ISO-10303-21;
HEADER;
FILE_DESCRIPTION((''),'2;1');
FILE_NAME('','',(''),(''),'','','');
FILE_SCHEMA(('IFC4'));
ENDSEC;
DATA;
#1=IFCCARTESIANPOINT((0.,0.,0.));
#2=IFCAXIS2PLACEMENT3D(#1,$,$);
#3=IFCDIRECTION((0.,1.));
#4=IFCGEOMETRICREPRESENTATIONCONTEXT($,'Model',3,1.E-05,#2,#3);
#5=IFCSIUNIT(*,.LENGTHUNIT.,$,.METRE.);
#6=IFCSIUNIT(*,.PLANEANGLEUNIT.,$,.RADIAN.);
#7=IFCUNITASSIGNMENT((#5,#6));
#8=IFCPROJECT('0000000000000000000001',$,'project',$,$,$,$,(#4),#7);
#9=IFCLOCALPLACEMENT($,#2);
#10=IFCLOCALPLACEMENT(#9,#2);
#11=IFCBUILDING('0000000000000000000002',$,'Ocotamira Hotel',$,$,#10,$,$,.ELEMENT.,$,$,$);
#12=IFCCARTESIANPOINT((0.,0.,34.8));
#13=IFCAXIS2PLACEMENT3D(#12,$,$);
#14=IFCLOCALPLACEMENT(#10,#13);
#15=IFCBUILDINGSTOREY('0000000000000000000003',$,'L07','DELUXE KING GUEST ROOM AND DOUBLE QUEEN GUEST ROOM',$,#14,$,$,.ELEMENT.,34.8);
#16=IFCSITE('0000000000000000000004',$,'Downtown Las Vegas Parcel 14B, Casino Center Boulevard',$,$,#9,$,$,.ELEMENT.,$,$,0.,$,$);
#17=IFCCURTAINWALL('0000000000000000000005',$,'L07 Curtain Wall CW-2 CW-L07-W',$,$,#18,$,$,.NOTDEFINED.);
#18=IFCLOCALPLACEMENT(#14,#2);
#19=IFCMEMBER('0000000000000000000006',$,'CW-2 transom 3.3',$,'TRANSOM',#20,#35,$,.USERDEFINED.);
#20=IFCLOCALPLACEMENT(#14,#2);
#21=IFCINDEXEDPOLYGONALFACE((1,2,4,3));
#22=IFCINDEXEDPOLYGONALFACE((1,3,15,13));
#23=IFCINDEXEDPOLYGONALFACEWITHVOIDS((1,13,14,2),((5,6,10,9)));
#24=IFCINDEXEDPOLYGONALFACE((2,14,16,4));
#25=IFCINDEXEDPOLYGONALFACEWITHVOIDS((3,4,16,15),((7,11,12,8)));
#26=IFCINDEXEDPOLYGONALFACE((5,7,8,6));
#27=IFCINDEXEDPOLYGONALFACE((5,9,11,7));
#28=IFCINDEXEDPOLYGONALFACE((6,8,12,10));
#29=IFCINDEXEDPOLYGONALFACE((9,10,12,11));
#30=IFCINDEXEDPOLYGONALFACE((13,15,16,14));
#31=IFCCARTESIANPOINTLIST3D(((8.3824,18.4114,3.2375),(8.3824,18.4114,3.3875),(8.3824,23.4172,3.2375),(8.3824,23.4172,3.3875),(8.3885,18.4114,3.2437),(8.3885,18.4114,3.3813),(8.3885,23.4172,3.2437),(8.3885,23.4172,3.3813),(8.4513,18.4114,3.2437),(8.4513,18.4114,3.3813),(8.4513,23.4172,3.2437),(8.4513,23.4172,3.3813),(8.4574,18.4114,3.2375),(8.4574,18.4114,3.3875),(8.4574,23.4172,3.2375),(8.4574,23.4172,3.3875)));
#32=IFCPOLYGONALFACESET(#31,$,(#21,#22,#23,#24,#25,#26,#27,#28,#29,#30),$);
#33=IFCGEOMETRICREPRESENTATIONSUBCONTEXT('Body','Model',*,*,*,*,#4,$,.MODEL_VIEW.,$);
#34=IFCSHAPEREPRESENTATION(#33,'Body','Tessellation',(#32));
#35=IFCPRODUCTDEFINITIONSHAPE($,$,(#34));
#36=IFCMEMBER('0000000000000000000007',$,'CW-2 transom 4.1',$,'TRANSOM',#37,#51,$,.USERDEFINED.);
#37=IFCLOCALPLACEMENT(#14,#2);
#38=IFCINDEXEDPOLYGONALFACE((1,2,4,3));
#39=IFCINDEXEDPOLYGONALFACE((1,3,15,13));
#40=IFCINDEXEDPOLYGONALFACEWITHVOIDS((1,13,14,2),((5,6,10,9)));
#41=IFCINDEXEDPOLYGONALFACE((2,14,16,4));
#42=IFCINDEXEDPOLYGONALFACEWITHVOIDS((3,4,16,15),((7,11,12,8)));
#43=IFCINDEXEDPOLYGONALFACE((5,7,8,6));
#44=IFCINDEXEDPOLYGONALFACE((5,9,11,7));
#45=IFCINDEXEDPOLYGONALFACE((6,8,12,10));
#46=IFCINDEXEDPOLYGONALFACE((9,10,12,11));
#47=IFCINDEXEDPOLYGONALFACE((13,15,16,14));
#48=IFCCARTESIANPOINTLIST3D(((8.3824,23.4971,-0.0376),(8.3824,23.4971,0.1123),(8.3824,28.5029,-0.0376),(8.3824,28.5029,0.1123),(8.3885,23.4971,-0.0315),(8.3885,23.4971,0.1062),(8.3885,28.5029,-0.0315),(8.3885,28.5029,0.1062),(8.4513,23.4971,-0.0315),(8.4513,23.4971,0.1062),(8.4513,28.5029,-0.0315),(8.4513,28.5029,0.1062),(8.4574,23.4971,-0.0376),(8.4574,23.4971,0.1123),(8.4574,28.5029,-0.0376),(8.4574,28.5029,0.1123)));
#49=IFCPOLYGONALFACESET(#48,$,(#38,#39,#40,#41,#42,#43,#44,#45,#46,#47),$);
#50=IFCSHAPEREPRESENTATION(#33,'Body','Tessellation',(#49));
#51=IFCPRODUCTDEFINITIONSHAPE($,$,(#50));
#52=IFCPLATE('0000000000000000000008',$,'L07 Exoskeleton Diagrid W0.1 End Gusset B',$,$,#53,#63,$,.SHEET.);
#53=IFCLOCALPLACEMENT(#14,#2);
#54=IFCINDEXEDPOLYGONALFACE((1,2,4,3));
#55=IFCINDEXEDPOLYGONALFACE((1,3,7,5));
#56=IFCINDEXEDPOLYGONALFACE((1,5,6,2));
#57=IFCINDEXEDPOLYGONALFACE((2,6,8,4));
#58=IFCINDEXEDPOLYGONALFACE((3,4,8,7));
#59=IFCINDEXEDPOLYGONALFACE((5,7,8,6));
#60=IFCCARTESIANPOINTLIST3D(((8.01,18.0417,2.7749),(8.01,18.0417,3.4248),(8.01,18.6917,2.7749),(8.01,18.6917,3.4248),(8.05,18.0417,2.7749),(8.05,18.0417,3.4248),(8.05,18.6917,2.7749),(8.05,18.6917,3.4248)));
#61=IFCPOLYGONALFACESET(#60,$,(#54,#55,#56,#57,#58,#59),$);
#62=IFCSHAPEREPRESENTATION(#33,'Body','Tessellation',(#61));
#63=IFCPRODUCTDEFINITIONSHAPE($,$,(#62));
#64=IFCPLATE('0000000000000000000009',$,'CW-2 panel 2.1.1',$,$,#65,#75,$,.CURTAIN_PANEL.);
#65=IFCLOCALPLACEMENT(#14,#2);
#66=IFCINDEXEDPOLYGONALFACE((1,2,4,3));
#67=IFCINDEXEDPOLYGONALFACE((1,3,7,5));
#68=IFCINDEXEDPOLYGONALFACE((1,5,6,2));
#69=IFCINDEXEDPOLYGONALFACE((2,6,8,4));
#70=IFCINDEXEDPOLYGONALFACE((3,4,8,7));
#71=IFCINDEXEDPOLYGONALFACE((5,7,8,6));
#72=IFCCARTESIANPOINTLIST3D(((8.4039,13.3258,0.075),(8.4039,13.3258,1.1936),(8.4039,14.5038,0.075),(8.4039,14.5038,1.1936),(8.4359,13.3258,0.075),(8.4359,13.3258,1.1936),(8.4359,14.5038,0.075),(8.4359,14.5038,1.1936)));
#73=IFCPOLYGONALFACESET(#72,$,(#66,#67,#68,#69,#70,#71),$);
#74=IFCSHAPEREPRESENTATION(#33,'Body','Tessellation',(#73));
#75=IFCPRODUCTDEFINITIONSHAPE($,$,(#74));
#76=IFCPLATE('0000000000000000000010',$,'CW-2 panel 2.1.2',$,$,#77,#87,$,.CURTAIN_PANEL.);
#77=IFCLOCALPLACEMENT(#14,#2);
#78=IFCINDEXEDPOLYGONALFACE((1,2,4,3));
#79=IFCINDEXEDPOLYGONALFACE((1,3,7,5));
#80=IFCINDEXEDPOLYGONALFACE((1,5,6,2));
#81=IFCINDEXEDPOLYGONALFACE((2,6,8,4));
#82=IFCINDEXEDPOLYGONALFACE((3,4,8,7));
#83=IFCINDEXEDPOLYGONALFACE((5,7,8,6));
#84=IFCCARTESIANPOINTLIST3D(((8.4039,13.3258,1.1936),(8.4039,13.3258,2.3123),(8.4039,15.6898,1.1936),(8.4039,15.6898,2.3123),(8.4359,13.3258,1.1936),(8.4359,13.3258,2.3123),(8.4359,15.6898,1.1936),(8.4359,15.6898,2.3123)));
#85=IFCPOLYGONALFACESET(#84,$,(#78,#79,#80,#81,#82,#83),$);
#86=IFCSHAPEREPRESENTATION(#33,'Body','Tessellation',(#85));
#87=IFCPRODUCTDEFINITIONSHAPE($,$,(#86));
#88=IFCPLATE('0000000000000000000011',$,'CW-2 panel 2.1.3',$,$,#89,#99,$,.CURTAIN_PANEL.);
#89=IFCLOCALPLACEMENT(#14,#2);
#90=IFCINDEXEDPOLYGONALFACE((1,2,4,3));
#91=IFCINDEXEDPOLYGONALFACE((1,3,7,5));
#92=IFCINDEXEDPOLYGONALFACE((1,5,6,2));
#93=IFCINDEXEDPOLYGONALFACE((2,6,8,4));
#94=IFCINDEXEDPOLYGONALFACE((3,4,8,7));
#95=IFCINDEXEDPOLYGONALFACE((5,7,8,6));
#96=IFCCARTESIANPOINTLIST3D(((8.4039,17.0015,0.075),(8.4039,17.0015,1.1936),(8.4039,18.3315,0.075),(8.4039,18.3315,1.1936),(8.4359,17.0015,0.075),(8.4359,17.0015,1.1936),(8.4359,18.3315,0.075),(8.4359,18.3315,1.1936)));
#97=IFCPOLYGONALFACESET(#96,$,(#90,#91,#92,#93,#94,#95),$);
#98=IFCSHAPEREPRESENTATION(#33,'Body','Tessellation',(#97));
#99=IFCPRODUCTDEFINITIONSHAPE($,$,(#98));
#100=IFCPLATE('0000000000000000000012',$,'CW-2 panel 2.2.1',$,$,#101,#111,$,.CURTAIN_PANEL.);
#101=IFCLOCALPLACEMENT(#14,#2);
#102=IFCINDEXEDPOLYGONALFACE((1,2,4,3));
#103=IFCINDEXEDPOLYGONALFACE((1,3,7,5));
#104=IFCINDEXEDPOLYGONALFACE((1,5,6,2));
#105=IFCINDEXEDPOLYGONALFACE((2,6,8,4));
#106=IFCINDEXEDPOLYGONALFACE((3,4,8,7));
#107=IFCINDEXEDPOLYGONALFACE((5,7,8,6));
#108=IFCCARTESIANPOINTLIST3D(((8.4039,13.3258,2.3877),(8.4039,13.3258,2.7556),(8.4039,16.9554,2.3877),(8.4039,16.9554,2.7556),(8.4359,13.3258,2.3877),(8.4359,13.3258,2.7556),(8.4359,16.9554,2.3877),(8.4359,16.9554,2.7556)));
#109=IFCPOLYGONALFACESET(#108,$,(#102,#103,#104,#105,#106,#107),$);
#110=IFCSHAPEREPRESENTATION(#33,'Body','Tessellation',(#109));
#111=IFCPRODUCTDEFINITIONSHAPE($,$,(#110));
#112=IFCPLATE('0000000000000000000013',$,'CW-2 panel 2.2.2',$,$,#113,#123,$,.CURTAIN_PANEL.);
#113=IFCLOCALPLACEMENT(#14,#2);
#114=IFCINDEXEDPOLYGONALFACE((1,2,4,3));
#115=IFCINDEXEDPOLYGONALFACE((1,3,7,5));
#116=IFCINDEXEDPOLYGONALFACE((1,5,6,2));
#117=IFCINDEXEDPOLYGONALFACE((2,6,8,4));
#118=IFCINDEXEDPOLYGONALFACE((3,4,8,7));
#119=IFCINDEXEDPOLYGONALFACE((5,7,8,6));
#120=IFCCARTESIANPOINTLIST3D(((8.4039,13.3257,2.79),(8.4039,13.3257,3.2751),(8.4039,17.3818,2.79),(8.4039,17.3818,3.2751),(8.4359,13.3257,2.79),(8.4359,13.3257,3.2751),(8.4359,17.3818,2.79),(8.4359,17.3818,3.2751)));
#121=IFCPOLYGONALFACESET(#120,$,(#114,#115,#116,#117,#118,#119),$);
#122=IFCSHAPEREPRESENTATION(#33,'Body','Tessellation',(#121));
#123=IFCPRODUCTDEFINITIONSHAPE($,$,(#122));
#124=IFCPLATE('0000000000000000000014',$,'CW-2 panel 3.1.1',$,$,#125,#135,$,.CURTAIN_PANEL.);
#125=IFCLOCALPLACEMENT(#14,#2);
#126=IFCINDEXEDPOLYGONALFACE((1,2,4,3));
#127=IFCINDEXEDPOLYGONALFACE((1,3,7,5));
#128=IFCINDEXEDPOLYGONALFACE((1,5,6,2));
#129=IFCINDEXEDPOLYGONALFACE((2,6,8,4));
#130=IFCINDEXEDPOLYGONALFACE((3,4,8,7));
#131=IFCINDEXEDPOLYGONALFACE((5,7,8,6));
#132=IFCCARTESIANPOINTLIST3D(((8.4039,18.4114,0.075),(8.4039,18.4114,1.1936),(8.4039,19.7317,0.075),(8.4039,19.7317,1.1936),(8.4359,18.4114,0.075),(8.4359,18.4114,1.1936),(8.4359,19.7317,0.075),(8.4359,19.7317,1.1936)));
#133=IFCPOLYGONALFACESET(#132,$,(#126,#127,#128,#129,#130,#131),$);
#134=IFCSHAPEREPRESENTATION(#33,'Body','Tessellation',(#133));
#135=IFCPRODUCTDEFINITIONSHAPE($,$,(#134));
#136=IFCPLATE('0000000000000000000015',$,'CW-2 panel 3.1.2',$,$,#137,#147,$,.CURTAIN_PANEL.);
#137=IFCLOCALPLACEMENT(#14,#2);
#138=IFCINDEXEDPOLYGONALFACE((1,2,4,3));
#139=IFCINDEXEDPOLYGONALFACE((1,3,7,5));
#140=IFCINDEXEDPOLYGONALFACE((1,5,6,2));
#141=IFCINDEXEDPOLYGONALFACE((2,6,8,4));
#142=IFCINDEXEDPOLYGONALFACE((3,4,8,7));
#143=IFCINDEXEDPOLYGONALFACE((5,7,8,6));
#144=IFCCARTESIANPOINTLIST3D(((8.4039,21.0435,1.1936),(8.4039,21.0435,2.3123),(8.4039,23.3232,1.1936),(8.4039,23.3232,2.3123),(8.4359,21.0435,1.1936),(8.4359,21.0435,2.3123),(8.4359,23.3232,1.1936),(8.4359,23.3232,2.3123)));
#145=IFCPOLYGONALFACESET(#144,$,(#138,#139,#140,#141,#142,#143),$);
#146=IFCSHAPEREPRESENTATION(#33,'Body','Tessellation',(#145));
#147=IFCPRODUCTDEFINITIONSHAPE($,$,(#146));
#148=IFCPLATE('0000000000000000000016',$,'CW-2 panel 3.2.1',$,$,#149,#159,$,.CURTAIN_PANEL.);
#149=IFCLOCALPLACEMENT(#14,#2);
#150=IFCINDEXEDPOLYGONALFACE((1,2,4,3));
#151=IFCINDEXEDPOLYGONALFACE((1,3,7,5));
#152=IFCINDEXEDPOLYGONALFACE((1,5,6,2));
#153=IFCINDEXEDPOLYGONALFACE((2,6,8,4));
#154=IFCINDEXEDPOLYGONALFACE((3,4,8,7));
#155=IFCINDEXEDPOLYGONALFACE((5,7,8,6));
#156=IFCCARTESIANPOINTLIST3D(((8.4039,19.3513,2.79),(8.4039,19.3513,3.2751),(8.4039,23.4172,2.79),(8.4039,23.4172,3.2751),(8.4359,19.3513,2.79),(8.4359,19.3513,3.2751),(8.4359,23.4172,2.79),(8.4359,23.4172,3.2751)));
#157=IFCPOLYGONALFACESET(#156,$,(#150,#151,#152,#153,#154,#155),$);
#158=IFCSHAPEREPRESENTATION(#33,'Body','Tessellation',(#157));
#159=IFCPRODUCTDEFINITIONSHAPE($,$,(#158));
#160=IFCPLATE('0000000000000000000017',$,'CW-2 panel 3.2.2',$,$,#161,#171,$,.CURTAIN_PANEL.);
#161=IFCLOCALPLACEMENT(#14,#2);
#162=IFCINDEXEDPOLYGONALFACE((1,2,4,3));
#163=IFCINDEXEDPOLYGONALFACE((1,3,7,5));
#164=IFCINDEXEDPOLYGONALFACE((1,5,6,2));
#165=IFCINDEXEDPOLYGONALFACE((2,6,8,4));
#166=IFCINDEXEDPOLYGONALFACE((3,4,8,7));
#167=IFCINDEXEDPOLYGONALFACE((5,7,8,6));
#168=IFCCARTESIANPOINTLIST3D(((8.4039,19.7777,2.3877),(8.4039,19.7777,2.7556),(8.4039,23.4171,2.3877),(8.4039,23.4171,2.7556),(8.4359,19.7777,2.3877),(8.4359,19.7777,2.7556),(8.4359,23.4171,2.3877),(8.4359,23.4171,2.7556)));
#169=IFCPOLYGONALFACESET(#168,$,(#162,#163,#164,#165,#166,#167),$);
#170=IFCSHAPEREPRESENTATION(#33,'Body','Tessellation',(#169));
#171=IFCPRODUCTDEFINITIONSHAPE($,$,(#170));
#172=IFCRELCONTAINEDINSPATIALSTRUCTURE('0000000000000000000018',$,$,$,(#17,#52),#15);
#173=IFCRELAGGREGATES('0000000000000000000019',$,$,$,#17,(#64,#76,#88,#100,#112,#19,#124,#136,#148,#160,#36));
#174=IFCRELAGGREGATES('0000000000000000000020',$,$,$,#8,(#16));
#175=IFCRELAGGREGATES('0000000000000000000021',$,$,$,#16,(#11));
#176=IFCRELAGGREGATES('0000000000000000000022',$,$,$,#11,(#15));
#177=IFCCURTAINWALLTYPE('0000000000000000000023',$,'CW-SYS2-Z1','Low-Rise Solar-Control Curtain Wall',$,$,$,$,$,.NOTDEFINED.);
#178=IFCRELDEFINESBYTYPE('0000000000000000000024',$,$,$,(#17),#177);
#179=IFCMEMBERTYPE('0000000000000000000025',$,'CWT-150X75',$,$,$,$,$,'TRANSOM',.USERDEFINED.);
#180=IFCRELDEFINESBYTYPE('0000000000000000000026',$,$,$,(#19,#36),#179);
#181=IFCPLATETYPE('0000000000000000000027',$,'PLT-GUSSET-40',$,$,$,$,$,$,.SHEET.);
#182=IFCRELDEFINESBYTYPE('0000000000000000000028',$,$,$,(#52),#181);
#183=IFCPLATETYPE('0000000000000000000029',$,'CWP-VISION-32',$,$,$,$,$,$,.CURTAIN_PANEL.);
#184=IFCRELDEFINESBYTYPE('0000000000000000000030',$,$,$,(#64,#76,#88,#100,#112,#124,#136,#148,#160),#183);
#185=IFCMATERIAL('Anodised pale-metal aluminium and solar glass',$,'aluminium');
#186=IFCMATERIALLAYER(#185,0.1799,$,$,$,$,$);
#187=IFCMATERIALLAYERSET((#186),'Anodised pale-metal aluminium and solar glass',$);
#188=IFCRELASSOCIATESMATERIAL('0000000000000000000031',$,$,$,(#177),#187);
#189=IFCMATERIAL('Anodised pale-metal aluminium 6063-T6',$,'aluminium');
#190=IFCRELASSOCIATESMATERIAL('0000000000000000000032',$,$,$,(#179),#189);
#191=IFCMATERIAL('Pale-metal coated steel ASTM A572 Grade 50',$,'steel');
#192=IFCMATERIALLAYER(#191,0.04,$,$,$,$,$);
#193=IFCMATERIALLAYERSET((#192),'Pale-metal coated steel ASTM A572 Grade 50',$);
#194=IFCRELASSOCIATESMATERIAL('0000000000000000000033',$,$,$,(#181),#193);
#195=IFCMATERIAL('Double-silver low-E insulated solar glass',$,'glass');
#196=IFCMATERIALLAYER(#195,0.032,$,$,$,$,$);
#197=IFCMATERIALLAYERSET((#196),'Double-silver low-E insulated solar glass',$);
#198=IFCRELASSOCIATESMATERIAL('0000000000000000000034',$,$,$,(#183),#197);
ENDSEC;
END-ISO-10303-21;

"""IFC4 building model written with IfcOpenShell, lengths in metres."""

from ifc_helpers import new_model, si_unit, direction, frame, origin, origin_2d, place, context, subcontext, project, spatial, rectangle, hollow_rectangle, extrude, source, transform, mapped, material, layer, layer_set, material_profile, profile_set, type_object, element, aggregate, save


model = new_model("IFC4")

# Units and contexts
model_context = context("Model", 3, precision=1e-05, world=origin(), true_north=direction((0.0, 1.0)))
body_context = subcontext(model_context, "Body", "Model", "MODEL_VIEW")
ifc_project = project(units=[si_unit("LENGTHUNIT", "METRE"), si_unit("PLANEANGLEUNIT", "RADIAN")], contexts=[model_context])

# Site, building, storey
site_placement = place(None, origin())
site = spatial("IfcSite", under=ifc_project, at=site_placement, Name="Downtown Las Vegas Parcel 14B, Casino Center Boulevard", CompositionType="ELEMENT", RefElevation=0.0)
building_placement = place(site_placement, origin())
building = spatial("IfcBuilding", under=site, at=building_placement, Name="Ocotamira Hotel", CompositionType="ELEMENT")
storey_placement = place(building_placement, frame((0.0, 0.0, 34.8)))
storey = spatial("IfcBuildingStorey", under=building, at=storey_placement, Name="L07", Description="DELUXE KING GUEST ROOM AND DOUBLE QUEEN GUEST ROOM", CompositionType="ELEMENT", Elevation=34.8)

# Curtain wall, members
ifc_material_1 = material(Name="Anodised pale-metal aluminium and solar glass", Category="aluminium")
ifc_layer_1 = layer(ifc_material_1, 0.1799)
ifc_layer_set_1 = layer_set([ifc_layer_1], Name="Anodised pale-metal aluminium and solar glass")
curtain_wall_type = type_object("IfcCurtainWallType", Name="CW-SYS2-Z1", Description="Low-Rise Solar-Control Curtain Wall", PredefinedType="NOTDEFINED", material=ifc_layer_set_1)
curtain_wall_placement = place(storey_placement, origin())
curtain_wall = element("IfcCurtainWall", 1, at=curtain_wall_placement, inside=storey, type_object=curtain_wall_type, Name="L07 Curtain Wall CW-2 CW-L07-W", PredefinedType="NOTDEFINED")
ifc_material_2 = material(Name="Anodised pale-metal aluminium 6063-T6", Category="aluminium")
ifc_material_profile_1 = material_profile(ifc_material_2, hollow_rectangle(XDim=0.075, YDim=0.1499, WallThickness=0.0061, at=origin_2d()), Name="HSS150X75X6")
ifc_profile_set_1 = profile_set([ifc_material_profile_1], Name="Anodised pale-metal aluminium 6063-T6")
member_type_1 = type_object("IfcMemberType", Name="CWT-150X75", ElementType="TRANSOM", PredefinedType="USERDEFINED", material=ifc_profile_set_1)
shared_shape_1 = source(origin(), body_context, "Body", "SweptSolid", [
    extrude(hollow_rectangle(XDim=0.075, YDim=0.1499, WallThickness=0.0061, at=origin_2d()), origin(), (0.0, 0.0, 1.0), 5.0059),
])
member_1_placement = place(storey_placement, frame((8.4199, 18.4114, 3.3125), z_axis=(0.0, 1.0, 0.0), x_axis=(-1.0, 0.0, 0.0)))
member_1 = element("IfcMember", 2, at=member_1_placement, type_object=member_type_1, Name="CW-2 transom 3.3", ObjectType="TRANSOM", PredefinedType="USERDEFINED", context=body_context, shape_type="MappedRepresentation", body=[
    mapped(shared_shape_1, transform((0.0, 0.0, 0.0), scale=1.0)),
])
member_2_placement = place(storey_placement, frame((8.4199, 23.4971, 0.0374), z_axis=(0.0, 1.0, 0.0), x_axis=(-1.0, 0.0, 0.0)))
member_2 = element("IfcMember", 3, at=member_2_placement, type_object=member_type_1, Name="CW-2 transom 4.1", ObjectType="TRANSOM", PredefinedType="USERDEFINED", context=body_context, shape_type="MappedRepresentation", body=[
    mapped(shared_shape_1, transform((0.0, 0.0, 0.0), scale=1.0)),
])

# Plates
ifc_material_3 = material(Name="Pale-metal coated steel ASTM A572 Grade 50", Category="steel")
ifc_layer_2 = layer(ifc_material_3, 0.04)
ifc_layer_set_2 = layer_set([ifc_layer_2], Name="Pale-metal coated steel ASTM A572 Grade 50")
plate_type_1 = type_object("IfcPlateType", Name="PLT-GUSSET-40", PredefinedType="SHEET", material=ifc_layer_set_2)
shared_shape_2 = source(origin(), body_context, "Body", "SweptSolid", [
    extrude(rectangle(XDim=0.04, YDim=0.6499, at=origin_2d()), origin(), (0.0, 0.0, 1.0), 0.6499),
])
plate_1_placement = place(storey_placement, frame((8.03, 18.3667, 2.7749), z_axis=(0.0, 0.0, 1.0), x_axis=(1.0, 0.0, 0.0)))
element("IfcPlate", 4, at=plate_1_placement, inside=storey, type_object=plate_type_1, Name="L07 Exoskeleton Diagrid W0.1 End Gusset B", PredefinedType="SHEET", context=body_context, shape_type="MappedRepresentation", body=[
    mapped(shared_shape_2, transform((0.0, 0.0, 0.0), scale=1.0)),
])
ifc_material_4 = material(Name="Double-silver low-E insulated solar glass", Category="glass")
ifc_layer_3 = layer(ifc_material_4, 0.032)
ifc_layer_set_3 = layer_set([ifc_layer_3], Name="Double-silver low-E insulated solar glass")
plate_type_2 = type_object("IfcPlateType", Name="CWP-VISION-32", PredefinedType="CURTAIN_PANEL", material=ifc_layer_set_3)
shared_shape_3 = source(origin(), body_context, "Body", "SweptSolid", [
    extrude(rectangle(XDim=1.178, YDim=0.032, at=origin_2d()), origin(), (0.0, 0.0, 1.0), 1.1187),
])
plate_2_placement = place(storey_placement, frame((8.4199, 13.9148, 0.075), z_axis=(0.0, 0.0, 1.0), x_axis=(0.0, 1.0, 0.0)))
plate_2 = element("IfcPlate", 5, at=plate_2_placement, type_object=plate_type_2, Name="CW-2 panel 2.1.1", PredefinedType="CURTAIN_PANEL", context=body_context, shape_type="MappedRepresentation", body=[
    mapped(shared_shape_3, transform((0.0, 0.0, 0.0), scale=1.0)),
])
shared_shape_4 = source(origin(), body_context, "Body", "SweptSolid", [
    extrude(rectangle(XDim=2.364, YDim=0.032, at=origin_2d()), origin(), (0.0, 0.0, 1.0), 1.1187),
])
plate_3_placement = place(storey_placement, frame((8.4199, 14.5078, 1.1936), z_axis=(0.0, 0.0, 1.0), x_axis=(0.0, 1.0, 0.0)))
plate_3 = element("IfcPlate", 6, at=plate_3_placement, type_object=plate_type_2, Name="CW-2 panel 2.1.2", PredefinedType="CURTAIN_PANEL", context=body_context, shape_type="MappedRepresentation", body=[
    mapped(shared_shape_4, transform((0.0, 0.0, 0.0), scale=1.0)),
])
shared_shape_5 = source(origin(), body_context, "Body", "SweptSolid", [
    extrude(rectangle(XDim=1.3301, YDim=0.032, at=origin_2d()), origin(), (0.0, 0.0, 1.0), 1.1187),
])
plate_4_placement = place(storey_placement, frame((8.4199, 17.6665, 0.075), z_axis=(0.0, 0.0, 1.0), x_axis=(0.0, 1.0, 0.0)))
plate_4 = element("IfcPlate", 7, at=plate_4_placement, type_object=plate_type_2, Name="CW-2 panel 2.1.3", PredefinedType="CURTAIN_PANEL", context=body_context, shape_type="MappedRepresentation", body=[
    mapped(shared_shape_5, transform((0.0, 0.0, 0.0), scale=1.0)),
])
shared_shape_6 = source(origin(), body_context, "Body", "SweptSolid", [
    extrude(rectangle(XDim=3.6296, YDim=0.032, at=origin_2d()), origin(), (0.0, 0.0, 1.0), 0.3679),
])
plate_5_placement = place(storey_placement, frame((8.4199, 15.1406, 2.3877), z_axis=(0.0, 0.0, 1.0), x_axis=(0.0, 1.0, 0.0)))
plate_5 = element("IfcPlate", 8, at=plate_5_placement, type_object=plate_type_2, Name="CW-2 panel 2.2.1", PredefinedType="CURTAIN_PANEL", context=body_context, shape_type="MappedRepresentation", body=[
    mapped(shared_shape_6, transform((0.0, 0.0, 0.0), scale=1.0)),
])
shared_shape_7 = source(origin(), body_context, "Body", "SweptSolid", [
    extrude(rectangle(XDim=4.0562, YDim=0.032, at=origin_2d()), origin(), (0.0, 0.0, 1.0), 0.4851),
])
plate_6_placement = place(storey_placement, frame((8.4199, 15.3538, 2.79), z_axis=(0.0, 0.0, 1.0), x_axis=(0.0, 1.0, 0.0)))
plate_6 = element("IfcPlate", 9, at=plate_6_placement, type_object=plate_type_2, Name="CW-2 panel 2.2.2", PredefinedType="CURTAIN_PANEL", context=body_context, shape_type="MappedRepresentation", body=[
    mapped(shared_shape_7, transform((0.0, 0.0, 0.0), scale=1.0)),
])
shared_shape_8 = source(origin(), body_context, "Body", "SweptSolid", [
    extrude(rectangle(XDim=1.3203, YDim=0.032, at=origin_2d()), origin(), (0.0, 0.0, 1.0), 1.1187),
])
plate_7_placement = place(storey_placement, frame((8.4199, 19.0715, 0.075), z_axis=(0.0, 0.0, 1.0), x_axis=(0.0, 1.0, 0.0)))
plate_7 = element("IfcPlate", 10, at=plate_7_placement, type_object=plate_type_2, Name="CW-2 panel 3.1.1", PredefinedType="CURTAIN_PANEL", context=body_context, shape_type="MappedRepresentation", body=[
    mapped(shared_shape_8, transform((0.0, 0.0, 0.0), scale=1.0)),
])
shared_shape_9 = source(origin(), body_context, "Body", "SweptSolid", [
    extrude(rectangle(XDim=2.2798, YDim=0.032, at=origin_2d()), origin(), (0.0, 0.0, 1.0), 1.1187),
])
plate_8_placement = place(storey_placement, frame((8.4199, 22.1833, 1.1936), z_axis=(0.0, 0.0, 1.0), x_axis=(0.0, 1.0, 0.0)))
plate_8 = element("IfcPlate", 11, at=plate_8_placement, type_object=plate_type_2, Name="CW-2 panel 3.1.2", PredefinedType="CURTAIN_PANEL", context=body_context, shape_type="MappedRepresentation", body=[
    mapped(shared_shape_9, transform((0.0, 0.0, 0.0), scale=1.0)),
])
shared_shape_10 = source(origin(), body_context, "Body", "SweptSolid", [
    extrude(rectangle(XDim=4.0659, YDim=0.032, at=origin_2d()), origin(), (0.0, 0.0, 1.0), 0.4851),
])
plate_9_placement = place(storey_placement, frame((8.4199, 21.3843, 2.79), z_axis=(0.0, 0.0, 1.0), x_axis=(0.0, 1.0, 0.0)))
plate_9 = element("IfcPlate", 12, at=plate_9_placement, type_object=plate_type_2, Name="CW-2 panel 3.2.1", PredefinedType="CURTAIN_PANEL", context=body_context, shape_type="MappedRepresentation", body=[
    mapped(shared_shape_10, transform((0.0, 0.0, 0.0), scale=1.0)),
])
shared_shape_11 = source(origin(), body_context, "Body", "SweptSolid", [
    extrude(rectangle(XDim=3.6394, YDim=0.032, at=origin_2d()), origin(), (0.0, 0.0, 1.0), 0.3679),
])
plate_10_placement = place(storey_placement, frame((8.4199, 21.5974, 2.3877), z_axis=(0.0, 0.0, 1.0), x_axis=(0.0, 1.0, 0.0)))
plate_10 = element("IfcPlate", 13, at=plate_10_placement, type_object=plate_type_2, Name="CW-2 panel 3.2.2", PredefinedType="CURTAIN_PANEL", context=body_context, shape_type="MappedRepresentation", body=[
    mapped(shared_shape_11, transform((0.0, 0.0, 0.0), scale=1.0)),
])
aggregate(curtain_wall, [plate_2, plate_3, plate_4, plate_5, plate_6, member_1, plate_7, plate_8, plate_9, plate_10, member_2])

save(model, "model.ifc")
